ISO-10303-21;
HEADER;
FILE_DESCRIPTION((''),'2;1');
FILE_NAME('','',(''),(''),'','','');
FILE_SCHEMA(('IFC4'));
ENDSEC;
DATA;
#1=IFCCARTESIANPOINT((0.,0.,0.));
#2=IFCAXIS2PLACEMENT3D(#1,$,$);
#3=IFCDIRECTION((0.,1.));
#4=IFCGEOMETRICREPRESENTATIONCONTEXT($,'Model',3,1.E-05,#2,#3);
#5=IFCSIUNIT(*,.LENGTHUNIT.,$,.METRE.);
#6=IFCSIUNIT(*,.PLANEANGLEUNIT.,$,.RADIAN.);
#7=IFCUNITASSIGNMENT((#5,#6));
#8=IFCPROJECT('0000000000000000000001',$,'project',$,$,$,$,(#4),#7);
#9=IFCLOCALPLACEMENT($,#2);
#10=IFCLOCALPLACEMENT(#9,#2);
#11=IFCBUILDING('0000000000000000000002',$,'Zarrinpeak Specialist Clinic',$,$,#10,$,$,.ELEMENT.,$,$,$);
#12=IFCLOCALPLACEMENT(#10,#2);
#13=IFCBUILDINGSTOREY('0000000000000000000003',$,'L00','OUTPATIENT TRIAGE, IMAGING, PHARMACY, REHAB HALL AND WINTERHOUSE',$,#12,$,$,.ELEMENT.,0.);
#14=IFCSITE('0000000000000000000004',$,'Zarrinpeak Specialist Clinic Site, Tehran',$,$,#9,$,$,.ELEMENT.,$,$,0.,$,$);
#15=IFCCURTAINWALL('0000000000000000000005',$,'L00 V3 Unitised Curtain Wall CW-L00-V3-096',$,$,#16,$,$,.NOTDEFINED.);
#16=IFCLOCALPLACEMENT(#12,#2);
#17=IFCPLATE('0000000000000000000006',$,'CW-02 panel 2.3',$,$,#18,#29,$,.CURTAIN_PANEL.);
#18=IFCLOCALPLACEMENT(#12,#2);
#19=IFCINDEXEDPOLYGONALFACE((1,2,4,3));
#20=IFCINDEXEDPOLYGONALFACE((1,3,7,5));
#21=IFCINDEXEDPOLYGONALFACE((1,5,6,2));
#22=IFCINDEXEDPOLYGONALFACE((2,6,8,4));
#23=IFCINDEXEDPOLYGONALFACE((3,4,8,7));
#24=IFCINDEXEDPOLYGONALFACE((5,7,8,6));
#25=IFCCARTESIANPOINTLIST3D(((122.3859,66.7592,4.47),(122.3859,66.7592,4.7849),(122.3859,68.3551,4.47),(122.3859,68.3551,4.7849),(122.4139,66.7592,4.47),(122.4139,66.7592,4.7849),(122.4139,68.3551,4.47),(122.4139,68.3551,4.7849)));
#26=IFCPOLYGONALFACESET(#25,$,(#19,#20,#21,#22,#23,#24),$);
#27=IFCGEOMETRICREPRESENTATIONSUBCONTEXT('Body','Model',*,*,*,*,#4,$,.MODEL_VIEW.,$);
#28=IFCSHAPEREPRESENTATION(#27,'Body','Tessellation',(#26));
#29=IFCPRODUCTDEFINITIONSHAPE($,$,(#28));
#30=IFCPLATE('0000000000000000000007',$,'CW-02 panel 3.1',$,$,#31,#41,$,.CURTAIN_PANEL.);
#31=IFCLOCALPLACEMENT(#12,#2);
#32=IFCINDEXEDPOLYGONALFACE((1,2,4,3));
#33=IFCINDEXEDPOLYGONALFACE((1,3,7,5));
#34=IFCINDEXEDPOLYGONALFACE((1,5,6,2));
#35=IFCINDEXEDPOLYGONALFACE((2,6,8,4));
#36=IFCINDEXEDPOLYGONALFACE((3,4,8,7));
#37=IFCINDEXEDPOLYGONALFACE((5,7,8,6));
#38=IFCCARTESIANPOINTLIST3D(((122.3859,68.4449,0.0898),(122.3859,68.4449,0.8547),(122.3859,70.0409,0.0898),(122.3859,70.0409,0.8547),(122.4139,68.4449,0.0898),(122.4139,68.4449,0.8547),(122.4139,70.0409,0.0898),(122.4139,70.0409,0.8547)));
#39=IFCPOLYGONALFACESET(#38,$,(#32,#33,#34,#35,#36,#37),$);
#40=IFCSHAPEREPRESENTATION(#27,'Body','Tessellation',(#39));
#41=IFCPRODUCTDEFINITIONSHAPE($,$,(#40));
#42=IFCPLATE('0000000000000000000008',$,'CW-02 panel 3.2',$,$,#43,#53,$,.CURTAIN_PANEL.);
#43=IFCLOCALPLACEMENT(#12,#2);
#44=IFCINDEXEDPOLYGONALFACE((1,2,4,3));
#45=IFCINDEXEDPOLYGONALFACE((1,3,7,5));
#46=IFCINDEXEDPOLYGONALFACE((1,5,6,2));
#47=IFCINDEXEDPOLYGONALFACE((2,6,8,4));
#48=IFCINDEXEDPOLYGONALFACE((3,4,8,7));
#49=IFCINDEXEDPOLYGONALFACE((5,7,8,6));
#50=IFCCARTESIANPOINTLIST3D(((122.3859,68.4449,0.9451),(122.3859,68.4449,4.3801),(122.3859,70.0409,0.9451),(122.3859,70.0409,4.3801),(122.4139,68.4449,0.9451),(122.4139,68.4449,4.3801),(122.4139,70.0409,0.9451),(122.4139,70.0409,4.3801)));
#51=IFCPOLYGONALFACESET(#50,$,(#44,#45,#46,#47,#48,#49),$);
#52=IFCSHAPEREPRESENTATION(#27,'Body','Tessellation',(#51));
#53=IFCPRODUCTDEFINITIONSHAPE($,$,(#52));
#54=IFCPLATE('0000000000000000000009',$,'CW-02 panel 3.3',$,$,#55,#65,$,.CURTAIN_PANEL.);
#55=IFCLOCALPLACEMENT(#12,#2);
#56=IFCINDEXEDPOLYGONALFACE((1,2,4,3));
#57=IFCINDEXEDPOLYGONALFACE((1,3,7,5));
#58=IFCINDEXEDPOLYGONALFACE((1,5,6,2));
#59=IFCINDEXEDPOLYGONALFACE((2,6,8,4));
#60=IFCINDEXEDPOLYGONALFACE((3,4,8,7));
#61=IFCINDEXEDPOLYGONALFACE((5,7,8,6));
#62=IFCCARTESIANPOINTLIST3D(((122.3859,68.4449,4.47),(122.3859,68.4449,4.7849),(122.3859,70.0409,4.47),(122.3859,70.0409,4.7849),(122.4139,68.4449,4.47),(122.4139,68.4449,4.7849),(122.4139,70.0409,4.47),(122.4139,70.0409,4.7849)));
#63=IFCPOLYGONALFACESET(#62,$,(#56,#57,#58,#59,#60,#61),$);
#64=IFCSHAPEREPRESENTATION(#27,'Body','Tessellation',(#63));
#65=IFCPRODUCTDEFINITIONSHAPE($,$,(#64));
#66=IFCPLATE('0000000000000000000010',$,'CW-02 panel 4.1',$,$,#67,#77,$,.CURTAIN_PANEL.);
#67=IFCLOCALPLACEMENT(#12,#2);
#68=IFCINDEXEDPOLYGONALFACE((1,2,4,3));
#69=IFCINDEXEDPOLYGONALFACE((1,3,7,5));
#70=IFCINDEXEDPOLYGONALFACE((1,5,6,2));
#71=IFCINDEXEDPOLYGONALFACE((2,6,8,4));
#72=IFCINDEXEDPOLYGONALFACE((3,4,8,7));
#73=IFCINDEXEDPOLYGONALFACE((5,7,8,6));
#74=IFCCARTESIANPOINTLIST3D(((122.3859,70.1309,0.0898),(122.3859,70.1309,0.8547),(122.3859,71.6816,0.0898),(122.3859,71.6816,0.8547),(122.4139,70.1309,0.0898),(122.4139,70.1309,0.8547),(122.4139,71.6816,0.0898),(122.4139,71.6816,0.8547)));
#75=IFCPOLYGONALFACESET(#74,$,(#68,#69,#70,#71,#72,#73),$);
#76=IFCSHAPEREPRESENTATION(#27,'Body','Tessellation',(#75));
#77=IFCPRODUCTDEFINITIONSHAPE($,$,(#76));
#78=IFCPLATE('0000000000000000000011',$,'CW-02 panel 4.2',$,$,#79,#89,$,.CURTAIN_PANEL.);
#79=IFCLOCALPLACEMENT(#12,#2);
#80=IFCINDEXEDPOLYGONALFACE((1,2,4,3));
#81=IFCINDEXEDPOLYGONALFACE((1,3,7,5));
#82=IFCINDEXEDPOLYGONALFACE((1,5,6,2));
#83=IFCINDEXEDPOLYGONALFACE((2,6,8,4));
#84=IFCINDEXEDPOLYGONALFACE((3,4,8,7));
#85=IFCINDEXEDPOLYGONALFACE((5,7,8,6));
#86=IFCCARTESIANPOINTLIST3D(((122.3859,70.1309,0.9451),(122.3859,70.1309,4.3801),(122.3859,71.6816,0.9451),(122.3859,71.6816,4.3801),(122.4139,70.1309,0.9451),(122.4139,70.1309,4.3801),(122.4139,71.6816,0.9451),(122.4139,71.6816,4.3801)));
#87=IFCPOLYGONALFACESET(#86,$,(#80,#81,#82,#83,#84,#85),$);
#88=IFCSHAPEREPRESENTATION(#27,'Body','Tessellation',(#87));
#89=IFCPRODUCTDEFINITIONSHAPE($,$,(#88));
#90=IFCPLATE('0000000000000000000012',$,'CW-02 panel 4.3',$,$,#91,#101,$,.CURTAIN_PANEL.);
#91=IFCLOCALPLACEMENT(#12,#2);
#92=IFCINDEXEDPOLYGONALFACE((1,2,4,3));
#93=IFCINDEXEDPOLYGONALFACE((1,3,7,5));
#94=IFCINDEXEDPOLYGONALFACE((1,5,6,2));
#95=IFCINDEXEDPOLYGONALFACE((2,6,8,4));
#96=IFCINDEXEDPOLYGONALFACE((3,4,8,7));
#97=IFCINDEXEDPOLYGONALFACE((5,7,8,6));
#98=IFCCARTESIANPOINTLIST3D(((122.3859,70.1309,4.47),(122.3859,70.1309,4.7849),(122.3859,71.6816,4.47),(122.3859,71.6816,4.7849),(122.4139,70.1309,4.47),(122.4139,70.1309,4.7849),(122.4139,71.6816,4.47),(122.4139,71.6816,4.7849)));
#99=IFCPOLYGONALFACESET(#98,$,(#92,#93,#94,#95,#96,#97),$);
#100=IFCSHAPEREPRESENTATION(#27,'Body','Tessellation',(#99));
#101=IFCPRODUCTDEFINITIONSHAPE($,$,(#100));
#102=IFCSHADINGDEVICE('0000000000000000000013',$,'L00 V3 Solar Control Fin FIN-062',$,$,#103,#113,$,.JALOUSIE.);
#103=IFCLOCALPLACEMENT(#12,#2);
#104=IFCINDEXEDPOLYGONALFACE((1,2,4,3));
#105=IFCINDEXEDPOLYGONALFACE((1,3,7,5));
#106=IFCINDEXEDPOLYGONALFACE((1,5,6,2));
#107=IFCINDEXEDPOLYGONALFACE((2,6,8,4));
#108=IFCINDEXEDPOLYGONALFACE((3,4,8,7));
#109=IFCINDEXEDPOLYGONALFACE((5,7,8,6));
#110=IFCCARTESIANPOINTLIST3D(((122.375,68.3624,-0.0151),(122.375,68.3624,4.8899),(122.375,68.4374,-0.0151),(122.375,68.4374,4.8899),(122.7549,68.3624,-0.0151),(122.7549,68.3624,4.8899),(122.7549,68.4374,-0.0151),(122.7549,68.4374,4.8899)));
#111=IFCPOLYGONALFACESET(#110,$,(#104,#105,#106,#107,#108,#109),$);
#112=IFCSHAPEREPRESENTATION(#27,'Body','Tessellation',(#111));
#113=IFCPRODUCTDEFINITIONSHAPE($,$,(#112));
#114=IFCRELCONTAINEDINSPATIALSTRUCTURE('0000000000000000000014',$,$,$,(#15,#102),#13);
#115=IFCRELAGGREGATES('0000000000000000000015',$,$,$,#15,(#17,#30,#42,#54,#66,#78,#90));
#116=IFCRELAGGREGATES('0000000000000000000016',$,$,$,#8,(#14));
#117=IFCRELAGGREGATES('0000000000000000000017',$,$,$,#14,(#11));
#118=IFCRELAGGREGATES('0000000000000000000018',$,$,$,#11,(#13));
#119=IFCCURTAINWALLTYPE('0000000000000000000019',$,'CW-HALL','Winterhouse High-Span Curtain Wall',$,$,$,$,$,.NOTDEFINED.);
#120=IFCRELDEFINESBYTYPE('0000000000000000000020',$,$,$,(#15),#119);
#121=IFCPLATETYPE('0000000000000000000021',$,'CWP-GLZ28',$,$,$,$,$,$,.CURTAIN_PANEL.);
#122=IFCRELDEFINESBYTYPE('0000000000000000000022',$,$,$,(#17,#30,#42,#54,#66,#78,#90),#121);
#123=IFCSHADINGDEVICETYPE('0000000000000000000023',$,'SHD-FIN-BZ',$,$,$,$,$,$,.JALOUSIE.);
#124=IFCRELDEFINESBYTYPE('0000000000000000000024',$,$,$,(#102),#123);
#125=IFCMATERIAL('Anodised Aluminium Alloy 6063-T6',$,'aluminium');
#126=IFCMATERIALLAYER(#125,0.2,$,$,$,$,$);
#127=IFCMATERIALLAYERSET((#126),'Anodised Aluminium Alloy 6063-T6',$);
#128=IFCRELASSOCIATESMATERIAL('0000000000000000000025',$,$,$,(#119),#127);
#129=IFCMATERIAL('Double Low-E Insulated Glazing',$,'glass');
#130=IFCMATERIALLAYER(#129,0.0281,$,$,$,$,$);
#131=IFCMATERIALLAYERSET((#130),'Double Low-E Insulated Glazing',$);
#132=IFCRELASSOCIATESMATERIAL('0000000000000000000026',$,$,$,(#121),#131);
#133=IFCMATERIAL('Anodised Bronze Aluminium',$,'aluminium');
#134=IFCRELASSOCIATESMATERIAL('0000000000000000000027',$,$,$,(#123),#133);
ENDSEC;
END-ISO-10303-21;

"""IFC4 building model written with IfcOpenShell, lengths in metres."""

from ifc_helpers import new_model, si_unit, direction, frame, origin, origin_2d, place, context, subcontext, project, spatial, rectangle, extrude, material, layer, layer_set, type_object, element, aggregate, save


model = new_model("IFC4")

# Units and contexts
model_context = context("Model", 3, precision=1e-05, world=origin(), true_north=direction((0.0, 1.0)))
body_context = subcontext(model_context, "Body", "Model", "MODEL_VIEW")
ifc_project = project(units=[si_unit("LENGTHUNIT", "METRE"), si_unit("PLANEANGLEUNIT", "RADIAN")], contexts=[model_context])

# Site, building, storey
site_placement = place(None, origin())
site = spatial("IfcSite", under=ifc_project, at=site_placement, Name="Zarrinpeak Specialist Clinic Site, Tehran", CompositionType="ELEMENT", RefElevation=0.0)
building_placement = place(site_placement, origin())
building = spatial("IfcBuilding", under=site, at=building_placement, Name="Zarrinpeak Specialist Clinic", CompositionType="ELEMENT")
storey_placement = place(building_placement, origin())
storey = spatial("IfcBuildingStorey", under=building, at=storey_placement, Name="L00", Description="OUTPATIENT TRIAGE, IMAGING, PHARMACY, REHAB HALL AND WINTERHOUSE", CompositionType="ELEMENT", Elevation=0.0)

# Curtain wall, plates
ifc_material_1 = material(Name="Anodised Aluminium Alloy 6063-T6", Category="aluminium")
ifc_layer_1 = layer(ifc_material_1, 0.2)
ifc_layer_set_1 = layer_set([ifc_layer_1], Name="Anodised Aluminium Alloy 6063-T6")
curtain_wall_type = type_object("IfcCurtainWallType", Name="CW-HALL", Description="Winterhouse High-Span Curtain Wall", PredefinedType="NOTDEFINED", material=ifc_layer_set_1)
curtain_wall_placement = place(storey_placement, origin())
curtain_wall = element("IfcCurtainWall", 1, at=curtain_wall_placement, inside=storey, type_object=curtain_wall_type, Name="L00 V3 Unitised Curtain Wall CW-L00-V3-096", PredefinedType="NOTDEFINED")
ifc_material_2 = material(Name="Double Low-E Insulated Glazing", Category="glass")
ifc_layer_2 = layer(ifc_material_2, 0.0281)
ifc_layer_set_2 = layer_set([ifc_layer_2], Name="Double Low-E Insulated Glazing")
plate_type = type_object("IfcPlateType", Name="CWP-GLZ28", PredefinedType="CURTAIN_PANEL", material=ifc_layer_set_2)
plate_1_placement = place(storey_placement, frame((122.3999, 67.5571, 4.47), z_axis=(0.0, 0.0, 1.0), x_axis=(0.0, 1.0, 0.0)))
plate_1 = element("IfcPlate", 2, at=plate_1_placement, type_object=plate_type, Name="CW-02 panel 2.3", PredefinedType="CURTAIN_PANEL", context=body_context, shape_type="SweptSolid", body=[
    extrude(rectangle(XDim=1.5959, YDim=0.0281, at=origin_2d()), origin(), (0.0, 0.0, 1.0), 0.3149),
])
plate_2_placement = place(storey_placement, frame((122.3999, 69.2429, 0.0898), z_axis=(0.0, 0.0, 1.0), x_axis=(0.0, 1.0, 0.0)))
plate_2 = element("IfcPlate", 3, at=plate_2_placement, type_object=plate_type, Name="CW-02 panel 3.1", PredefinedType="CURTAIN_PANEL", context=body_context, shape_type="SweptSolid", body=[
    extrude(rectangle(XDim=1.5959, YDim=0.0281, at=origin_2d()), origin(), (0.0, 0.0, 1.0), 0.7649),
])
plate_3_placement = place(storey_placement, frame((122.3999, 69.2429, 0.9451), z_axis=(0.0, 0.0, 1.0), x_axis=(0.0, 1.0, 0.0)))
plate_3 = element("IfcPlate", 4, at=plate_3_placement, type_object=plate_type, Name="CW-02 panel 3.2", PredefinedType="CURTAIN_PANEL", context=body_context, shape_type="SweptSolid", body=[
    extrude(rectangle(XDim=1.5959, YDim=0.0281, at=origin_2d()), origin(), (0.0, 0.0, 1.0), 3.4351),
])
plate_4_placement = place(storey_placement, frame((122.3999, 69.2429, 4.47), z_axis=(0.0, 0.0, 1.0), x_axis=(0.0, 1.0, 0.0)))
plate_4 = element("IfcPlate", 5, at=plate_4_placement, type_object=plate_type, Name="CW-02 panel 3.3", PredefinedType="CURTAIN_PANEL", context=body_context, shape_type="SweptSolid", body=[
    extrude(rectangle(XDim=1.5959, YDim=0.0281, at=origin_2d()), origin(), (0.0, 0.0, 1.0), 0.3149),
])
plate_5_placement = place(storey_placement, frame((122.3999, 70.9062, 0.0898), z_axis=(0.0, 0.0, 1.0), x_axis=(0.0, 1.0, 0.0)))
plate_5 = element("IfcPlate", 6, at=plate_5_placement, type_object=plate_type, Name="CW-02 panel 4.1", PredefinedType="CURTAIN_PANEL", context=body_context, shape_type="SweptSolid", body=[
    extrude(rectangle(XDim=1.5508, YDim=0.0281, at=origin_2d()), origin(), (0.0, 0.0, 1.0), 0.7649),
])
plate_6_placement = place(storey_placement, frame((122.3999, 70.9062, 0.9451), z_axis=(0.0, 0.0, 1.0), x_axis=(0.0, 1.0, 0.0)))
plate_6 = element("IfcPlate", 7, at=plate_6_placement, type_object=plate_type, Name="CW-02 panel 4.2", PredefinedType="CURTAIN_PANEL", context=body_context, shape_type="SweptSolid", body=[
    extrude(rectangle(XDim=1.5508, YDim=0.0281, at=origin_2d()), origin(), (0.0, 0.0, 1.0), 3.4351),
])
plate_7_placement = place(storey_placement, frame((122.3999, 70.9062, 4.47), z_axis=(0.0, 0.0, 1.0), x_axis=(0.0, 1.0, 0.0)))
plate_7 = element("IfcPlate", 8, at=plate_7_placement, type_object=plate_type, Name="CW-02 panel 4.3", PredefinedType="CURTAIN_PANEL", context=body_context, shape_type="SweptSolid", body=[
    extrude(rectangle(XDim=1.5508, YDim=0.0281, at=origin_2d()), origin(), (0.0, 0.0, 1.0), 0.3149),
])
aggregate(curtain_wall, [plate_1, plate_2, plate_3, plate_4, plate_5, plate_6, plate_7])

# Shading device
ifc_material_3 = material(Name="Anodised Bronze Aluminium", Category="aluminium")
shading_device_type = type_object("IfcShadingDeviceType", Name="SHD-FIN-BZ", PredefinedType="JALOUSIE", material=ifc_material_3)
shading_device_placement = place(storey_placement, frame((122.5649, 68.3999, -0.0151), z_axis=(0.0, 0.0, 1.0), x_axis=(1.0, 0.0, 0.0)))
element("IfcShadingDevice", 9, at=shading_device_placement, inside=storey, type_object=shading_device_type, Name="L00 V3 Solar Control Fin FIN-062", PredefinedType="JALOUSIE", context=body_context, shape_type="SweptSolid", body=[
    extrude(rectangle(XDim=0.3799, YDim=0.075, at=origin_2d()), origin(), (0.0, 0.0, 1.0), 4.905),
])

save(model, "model.ifc")
